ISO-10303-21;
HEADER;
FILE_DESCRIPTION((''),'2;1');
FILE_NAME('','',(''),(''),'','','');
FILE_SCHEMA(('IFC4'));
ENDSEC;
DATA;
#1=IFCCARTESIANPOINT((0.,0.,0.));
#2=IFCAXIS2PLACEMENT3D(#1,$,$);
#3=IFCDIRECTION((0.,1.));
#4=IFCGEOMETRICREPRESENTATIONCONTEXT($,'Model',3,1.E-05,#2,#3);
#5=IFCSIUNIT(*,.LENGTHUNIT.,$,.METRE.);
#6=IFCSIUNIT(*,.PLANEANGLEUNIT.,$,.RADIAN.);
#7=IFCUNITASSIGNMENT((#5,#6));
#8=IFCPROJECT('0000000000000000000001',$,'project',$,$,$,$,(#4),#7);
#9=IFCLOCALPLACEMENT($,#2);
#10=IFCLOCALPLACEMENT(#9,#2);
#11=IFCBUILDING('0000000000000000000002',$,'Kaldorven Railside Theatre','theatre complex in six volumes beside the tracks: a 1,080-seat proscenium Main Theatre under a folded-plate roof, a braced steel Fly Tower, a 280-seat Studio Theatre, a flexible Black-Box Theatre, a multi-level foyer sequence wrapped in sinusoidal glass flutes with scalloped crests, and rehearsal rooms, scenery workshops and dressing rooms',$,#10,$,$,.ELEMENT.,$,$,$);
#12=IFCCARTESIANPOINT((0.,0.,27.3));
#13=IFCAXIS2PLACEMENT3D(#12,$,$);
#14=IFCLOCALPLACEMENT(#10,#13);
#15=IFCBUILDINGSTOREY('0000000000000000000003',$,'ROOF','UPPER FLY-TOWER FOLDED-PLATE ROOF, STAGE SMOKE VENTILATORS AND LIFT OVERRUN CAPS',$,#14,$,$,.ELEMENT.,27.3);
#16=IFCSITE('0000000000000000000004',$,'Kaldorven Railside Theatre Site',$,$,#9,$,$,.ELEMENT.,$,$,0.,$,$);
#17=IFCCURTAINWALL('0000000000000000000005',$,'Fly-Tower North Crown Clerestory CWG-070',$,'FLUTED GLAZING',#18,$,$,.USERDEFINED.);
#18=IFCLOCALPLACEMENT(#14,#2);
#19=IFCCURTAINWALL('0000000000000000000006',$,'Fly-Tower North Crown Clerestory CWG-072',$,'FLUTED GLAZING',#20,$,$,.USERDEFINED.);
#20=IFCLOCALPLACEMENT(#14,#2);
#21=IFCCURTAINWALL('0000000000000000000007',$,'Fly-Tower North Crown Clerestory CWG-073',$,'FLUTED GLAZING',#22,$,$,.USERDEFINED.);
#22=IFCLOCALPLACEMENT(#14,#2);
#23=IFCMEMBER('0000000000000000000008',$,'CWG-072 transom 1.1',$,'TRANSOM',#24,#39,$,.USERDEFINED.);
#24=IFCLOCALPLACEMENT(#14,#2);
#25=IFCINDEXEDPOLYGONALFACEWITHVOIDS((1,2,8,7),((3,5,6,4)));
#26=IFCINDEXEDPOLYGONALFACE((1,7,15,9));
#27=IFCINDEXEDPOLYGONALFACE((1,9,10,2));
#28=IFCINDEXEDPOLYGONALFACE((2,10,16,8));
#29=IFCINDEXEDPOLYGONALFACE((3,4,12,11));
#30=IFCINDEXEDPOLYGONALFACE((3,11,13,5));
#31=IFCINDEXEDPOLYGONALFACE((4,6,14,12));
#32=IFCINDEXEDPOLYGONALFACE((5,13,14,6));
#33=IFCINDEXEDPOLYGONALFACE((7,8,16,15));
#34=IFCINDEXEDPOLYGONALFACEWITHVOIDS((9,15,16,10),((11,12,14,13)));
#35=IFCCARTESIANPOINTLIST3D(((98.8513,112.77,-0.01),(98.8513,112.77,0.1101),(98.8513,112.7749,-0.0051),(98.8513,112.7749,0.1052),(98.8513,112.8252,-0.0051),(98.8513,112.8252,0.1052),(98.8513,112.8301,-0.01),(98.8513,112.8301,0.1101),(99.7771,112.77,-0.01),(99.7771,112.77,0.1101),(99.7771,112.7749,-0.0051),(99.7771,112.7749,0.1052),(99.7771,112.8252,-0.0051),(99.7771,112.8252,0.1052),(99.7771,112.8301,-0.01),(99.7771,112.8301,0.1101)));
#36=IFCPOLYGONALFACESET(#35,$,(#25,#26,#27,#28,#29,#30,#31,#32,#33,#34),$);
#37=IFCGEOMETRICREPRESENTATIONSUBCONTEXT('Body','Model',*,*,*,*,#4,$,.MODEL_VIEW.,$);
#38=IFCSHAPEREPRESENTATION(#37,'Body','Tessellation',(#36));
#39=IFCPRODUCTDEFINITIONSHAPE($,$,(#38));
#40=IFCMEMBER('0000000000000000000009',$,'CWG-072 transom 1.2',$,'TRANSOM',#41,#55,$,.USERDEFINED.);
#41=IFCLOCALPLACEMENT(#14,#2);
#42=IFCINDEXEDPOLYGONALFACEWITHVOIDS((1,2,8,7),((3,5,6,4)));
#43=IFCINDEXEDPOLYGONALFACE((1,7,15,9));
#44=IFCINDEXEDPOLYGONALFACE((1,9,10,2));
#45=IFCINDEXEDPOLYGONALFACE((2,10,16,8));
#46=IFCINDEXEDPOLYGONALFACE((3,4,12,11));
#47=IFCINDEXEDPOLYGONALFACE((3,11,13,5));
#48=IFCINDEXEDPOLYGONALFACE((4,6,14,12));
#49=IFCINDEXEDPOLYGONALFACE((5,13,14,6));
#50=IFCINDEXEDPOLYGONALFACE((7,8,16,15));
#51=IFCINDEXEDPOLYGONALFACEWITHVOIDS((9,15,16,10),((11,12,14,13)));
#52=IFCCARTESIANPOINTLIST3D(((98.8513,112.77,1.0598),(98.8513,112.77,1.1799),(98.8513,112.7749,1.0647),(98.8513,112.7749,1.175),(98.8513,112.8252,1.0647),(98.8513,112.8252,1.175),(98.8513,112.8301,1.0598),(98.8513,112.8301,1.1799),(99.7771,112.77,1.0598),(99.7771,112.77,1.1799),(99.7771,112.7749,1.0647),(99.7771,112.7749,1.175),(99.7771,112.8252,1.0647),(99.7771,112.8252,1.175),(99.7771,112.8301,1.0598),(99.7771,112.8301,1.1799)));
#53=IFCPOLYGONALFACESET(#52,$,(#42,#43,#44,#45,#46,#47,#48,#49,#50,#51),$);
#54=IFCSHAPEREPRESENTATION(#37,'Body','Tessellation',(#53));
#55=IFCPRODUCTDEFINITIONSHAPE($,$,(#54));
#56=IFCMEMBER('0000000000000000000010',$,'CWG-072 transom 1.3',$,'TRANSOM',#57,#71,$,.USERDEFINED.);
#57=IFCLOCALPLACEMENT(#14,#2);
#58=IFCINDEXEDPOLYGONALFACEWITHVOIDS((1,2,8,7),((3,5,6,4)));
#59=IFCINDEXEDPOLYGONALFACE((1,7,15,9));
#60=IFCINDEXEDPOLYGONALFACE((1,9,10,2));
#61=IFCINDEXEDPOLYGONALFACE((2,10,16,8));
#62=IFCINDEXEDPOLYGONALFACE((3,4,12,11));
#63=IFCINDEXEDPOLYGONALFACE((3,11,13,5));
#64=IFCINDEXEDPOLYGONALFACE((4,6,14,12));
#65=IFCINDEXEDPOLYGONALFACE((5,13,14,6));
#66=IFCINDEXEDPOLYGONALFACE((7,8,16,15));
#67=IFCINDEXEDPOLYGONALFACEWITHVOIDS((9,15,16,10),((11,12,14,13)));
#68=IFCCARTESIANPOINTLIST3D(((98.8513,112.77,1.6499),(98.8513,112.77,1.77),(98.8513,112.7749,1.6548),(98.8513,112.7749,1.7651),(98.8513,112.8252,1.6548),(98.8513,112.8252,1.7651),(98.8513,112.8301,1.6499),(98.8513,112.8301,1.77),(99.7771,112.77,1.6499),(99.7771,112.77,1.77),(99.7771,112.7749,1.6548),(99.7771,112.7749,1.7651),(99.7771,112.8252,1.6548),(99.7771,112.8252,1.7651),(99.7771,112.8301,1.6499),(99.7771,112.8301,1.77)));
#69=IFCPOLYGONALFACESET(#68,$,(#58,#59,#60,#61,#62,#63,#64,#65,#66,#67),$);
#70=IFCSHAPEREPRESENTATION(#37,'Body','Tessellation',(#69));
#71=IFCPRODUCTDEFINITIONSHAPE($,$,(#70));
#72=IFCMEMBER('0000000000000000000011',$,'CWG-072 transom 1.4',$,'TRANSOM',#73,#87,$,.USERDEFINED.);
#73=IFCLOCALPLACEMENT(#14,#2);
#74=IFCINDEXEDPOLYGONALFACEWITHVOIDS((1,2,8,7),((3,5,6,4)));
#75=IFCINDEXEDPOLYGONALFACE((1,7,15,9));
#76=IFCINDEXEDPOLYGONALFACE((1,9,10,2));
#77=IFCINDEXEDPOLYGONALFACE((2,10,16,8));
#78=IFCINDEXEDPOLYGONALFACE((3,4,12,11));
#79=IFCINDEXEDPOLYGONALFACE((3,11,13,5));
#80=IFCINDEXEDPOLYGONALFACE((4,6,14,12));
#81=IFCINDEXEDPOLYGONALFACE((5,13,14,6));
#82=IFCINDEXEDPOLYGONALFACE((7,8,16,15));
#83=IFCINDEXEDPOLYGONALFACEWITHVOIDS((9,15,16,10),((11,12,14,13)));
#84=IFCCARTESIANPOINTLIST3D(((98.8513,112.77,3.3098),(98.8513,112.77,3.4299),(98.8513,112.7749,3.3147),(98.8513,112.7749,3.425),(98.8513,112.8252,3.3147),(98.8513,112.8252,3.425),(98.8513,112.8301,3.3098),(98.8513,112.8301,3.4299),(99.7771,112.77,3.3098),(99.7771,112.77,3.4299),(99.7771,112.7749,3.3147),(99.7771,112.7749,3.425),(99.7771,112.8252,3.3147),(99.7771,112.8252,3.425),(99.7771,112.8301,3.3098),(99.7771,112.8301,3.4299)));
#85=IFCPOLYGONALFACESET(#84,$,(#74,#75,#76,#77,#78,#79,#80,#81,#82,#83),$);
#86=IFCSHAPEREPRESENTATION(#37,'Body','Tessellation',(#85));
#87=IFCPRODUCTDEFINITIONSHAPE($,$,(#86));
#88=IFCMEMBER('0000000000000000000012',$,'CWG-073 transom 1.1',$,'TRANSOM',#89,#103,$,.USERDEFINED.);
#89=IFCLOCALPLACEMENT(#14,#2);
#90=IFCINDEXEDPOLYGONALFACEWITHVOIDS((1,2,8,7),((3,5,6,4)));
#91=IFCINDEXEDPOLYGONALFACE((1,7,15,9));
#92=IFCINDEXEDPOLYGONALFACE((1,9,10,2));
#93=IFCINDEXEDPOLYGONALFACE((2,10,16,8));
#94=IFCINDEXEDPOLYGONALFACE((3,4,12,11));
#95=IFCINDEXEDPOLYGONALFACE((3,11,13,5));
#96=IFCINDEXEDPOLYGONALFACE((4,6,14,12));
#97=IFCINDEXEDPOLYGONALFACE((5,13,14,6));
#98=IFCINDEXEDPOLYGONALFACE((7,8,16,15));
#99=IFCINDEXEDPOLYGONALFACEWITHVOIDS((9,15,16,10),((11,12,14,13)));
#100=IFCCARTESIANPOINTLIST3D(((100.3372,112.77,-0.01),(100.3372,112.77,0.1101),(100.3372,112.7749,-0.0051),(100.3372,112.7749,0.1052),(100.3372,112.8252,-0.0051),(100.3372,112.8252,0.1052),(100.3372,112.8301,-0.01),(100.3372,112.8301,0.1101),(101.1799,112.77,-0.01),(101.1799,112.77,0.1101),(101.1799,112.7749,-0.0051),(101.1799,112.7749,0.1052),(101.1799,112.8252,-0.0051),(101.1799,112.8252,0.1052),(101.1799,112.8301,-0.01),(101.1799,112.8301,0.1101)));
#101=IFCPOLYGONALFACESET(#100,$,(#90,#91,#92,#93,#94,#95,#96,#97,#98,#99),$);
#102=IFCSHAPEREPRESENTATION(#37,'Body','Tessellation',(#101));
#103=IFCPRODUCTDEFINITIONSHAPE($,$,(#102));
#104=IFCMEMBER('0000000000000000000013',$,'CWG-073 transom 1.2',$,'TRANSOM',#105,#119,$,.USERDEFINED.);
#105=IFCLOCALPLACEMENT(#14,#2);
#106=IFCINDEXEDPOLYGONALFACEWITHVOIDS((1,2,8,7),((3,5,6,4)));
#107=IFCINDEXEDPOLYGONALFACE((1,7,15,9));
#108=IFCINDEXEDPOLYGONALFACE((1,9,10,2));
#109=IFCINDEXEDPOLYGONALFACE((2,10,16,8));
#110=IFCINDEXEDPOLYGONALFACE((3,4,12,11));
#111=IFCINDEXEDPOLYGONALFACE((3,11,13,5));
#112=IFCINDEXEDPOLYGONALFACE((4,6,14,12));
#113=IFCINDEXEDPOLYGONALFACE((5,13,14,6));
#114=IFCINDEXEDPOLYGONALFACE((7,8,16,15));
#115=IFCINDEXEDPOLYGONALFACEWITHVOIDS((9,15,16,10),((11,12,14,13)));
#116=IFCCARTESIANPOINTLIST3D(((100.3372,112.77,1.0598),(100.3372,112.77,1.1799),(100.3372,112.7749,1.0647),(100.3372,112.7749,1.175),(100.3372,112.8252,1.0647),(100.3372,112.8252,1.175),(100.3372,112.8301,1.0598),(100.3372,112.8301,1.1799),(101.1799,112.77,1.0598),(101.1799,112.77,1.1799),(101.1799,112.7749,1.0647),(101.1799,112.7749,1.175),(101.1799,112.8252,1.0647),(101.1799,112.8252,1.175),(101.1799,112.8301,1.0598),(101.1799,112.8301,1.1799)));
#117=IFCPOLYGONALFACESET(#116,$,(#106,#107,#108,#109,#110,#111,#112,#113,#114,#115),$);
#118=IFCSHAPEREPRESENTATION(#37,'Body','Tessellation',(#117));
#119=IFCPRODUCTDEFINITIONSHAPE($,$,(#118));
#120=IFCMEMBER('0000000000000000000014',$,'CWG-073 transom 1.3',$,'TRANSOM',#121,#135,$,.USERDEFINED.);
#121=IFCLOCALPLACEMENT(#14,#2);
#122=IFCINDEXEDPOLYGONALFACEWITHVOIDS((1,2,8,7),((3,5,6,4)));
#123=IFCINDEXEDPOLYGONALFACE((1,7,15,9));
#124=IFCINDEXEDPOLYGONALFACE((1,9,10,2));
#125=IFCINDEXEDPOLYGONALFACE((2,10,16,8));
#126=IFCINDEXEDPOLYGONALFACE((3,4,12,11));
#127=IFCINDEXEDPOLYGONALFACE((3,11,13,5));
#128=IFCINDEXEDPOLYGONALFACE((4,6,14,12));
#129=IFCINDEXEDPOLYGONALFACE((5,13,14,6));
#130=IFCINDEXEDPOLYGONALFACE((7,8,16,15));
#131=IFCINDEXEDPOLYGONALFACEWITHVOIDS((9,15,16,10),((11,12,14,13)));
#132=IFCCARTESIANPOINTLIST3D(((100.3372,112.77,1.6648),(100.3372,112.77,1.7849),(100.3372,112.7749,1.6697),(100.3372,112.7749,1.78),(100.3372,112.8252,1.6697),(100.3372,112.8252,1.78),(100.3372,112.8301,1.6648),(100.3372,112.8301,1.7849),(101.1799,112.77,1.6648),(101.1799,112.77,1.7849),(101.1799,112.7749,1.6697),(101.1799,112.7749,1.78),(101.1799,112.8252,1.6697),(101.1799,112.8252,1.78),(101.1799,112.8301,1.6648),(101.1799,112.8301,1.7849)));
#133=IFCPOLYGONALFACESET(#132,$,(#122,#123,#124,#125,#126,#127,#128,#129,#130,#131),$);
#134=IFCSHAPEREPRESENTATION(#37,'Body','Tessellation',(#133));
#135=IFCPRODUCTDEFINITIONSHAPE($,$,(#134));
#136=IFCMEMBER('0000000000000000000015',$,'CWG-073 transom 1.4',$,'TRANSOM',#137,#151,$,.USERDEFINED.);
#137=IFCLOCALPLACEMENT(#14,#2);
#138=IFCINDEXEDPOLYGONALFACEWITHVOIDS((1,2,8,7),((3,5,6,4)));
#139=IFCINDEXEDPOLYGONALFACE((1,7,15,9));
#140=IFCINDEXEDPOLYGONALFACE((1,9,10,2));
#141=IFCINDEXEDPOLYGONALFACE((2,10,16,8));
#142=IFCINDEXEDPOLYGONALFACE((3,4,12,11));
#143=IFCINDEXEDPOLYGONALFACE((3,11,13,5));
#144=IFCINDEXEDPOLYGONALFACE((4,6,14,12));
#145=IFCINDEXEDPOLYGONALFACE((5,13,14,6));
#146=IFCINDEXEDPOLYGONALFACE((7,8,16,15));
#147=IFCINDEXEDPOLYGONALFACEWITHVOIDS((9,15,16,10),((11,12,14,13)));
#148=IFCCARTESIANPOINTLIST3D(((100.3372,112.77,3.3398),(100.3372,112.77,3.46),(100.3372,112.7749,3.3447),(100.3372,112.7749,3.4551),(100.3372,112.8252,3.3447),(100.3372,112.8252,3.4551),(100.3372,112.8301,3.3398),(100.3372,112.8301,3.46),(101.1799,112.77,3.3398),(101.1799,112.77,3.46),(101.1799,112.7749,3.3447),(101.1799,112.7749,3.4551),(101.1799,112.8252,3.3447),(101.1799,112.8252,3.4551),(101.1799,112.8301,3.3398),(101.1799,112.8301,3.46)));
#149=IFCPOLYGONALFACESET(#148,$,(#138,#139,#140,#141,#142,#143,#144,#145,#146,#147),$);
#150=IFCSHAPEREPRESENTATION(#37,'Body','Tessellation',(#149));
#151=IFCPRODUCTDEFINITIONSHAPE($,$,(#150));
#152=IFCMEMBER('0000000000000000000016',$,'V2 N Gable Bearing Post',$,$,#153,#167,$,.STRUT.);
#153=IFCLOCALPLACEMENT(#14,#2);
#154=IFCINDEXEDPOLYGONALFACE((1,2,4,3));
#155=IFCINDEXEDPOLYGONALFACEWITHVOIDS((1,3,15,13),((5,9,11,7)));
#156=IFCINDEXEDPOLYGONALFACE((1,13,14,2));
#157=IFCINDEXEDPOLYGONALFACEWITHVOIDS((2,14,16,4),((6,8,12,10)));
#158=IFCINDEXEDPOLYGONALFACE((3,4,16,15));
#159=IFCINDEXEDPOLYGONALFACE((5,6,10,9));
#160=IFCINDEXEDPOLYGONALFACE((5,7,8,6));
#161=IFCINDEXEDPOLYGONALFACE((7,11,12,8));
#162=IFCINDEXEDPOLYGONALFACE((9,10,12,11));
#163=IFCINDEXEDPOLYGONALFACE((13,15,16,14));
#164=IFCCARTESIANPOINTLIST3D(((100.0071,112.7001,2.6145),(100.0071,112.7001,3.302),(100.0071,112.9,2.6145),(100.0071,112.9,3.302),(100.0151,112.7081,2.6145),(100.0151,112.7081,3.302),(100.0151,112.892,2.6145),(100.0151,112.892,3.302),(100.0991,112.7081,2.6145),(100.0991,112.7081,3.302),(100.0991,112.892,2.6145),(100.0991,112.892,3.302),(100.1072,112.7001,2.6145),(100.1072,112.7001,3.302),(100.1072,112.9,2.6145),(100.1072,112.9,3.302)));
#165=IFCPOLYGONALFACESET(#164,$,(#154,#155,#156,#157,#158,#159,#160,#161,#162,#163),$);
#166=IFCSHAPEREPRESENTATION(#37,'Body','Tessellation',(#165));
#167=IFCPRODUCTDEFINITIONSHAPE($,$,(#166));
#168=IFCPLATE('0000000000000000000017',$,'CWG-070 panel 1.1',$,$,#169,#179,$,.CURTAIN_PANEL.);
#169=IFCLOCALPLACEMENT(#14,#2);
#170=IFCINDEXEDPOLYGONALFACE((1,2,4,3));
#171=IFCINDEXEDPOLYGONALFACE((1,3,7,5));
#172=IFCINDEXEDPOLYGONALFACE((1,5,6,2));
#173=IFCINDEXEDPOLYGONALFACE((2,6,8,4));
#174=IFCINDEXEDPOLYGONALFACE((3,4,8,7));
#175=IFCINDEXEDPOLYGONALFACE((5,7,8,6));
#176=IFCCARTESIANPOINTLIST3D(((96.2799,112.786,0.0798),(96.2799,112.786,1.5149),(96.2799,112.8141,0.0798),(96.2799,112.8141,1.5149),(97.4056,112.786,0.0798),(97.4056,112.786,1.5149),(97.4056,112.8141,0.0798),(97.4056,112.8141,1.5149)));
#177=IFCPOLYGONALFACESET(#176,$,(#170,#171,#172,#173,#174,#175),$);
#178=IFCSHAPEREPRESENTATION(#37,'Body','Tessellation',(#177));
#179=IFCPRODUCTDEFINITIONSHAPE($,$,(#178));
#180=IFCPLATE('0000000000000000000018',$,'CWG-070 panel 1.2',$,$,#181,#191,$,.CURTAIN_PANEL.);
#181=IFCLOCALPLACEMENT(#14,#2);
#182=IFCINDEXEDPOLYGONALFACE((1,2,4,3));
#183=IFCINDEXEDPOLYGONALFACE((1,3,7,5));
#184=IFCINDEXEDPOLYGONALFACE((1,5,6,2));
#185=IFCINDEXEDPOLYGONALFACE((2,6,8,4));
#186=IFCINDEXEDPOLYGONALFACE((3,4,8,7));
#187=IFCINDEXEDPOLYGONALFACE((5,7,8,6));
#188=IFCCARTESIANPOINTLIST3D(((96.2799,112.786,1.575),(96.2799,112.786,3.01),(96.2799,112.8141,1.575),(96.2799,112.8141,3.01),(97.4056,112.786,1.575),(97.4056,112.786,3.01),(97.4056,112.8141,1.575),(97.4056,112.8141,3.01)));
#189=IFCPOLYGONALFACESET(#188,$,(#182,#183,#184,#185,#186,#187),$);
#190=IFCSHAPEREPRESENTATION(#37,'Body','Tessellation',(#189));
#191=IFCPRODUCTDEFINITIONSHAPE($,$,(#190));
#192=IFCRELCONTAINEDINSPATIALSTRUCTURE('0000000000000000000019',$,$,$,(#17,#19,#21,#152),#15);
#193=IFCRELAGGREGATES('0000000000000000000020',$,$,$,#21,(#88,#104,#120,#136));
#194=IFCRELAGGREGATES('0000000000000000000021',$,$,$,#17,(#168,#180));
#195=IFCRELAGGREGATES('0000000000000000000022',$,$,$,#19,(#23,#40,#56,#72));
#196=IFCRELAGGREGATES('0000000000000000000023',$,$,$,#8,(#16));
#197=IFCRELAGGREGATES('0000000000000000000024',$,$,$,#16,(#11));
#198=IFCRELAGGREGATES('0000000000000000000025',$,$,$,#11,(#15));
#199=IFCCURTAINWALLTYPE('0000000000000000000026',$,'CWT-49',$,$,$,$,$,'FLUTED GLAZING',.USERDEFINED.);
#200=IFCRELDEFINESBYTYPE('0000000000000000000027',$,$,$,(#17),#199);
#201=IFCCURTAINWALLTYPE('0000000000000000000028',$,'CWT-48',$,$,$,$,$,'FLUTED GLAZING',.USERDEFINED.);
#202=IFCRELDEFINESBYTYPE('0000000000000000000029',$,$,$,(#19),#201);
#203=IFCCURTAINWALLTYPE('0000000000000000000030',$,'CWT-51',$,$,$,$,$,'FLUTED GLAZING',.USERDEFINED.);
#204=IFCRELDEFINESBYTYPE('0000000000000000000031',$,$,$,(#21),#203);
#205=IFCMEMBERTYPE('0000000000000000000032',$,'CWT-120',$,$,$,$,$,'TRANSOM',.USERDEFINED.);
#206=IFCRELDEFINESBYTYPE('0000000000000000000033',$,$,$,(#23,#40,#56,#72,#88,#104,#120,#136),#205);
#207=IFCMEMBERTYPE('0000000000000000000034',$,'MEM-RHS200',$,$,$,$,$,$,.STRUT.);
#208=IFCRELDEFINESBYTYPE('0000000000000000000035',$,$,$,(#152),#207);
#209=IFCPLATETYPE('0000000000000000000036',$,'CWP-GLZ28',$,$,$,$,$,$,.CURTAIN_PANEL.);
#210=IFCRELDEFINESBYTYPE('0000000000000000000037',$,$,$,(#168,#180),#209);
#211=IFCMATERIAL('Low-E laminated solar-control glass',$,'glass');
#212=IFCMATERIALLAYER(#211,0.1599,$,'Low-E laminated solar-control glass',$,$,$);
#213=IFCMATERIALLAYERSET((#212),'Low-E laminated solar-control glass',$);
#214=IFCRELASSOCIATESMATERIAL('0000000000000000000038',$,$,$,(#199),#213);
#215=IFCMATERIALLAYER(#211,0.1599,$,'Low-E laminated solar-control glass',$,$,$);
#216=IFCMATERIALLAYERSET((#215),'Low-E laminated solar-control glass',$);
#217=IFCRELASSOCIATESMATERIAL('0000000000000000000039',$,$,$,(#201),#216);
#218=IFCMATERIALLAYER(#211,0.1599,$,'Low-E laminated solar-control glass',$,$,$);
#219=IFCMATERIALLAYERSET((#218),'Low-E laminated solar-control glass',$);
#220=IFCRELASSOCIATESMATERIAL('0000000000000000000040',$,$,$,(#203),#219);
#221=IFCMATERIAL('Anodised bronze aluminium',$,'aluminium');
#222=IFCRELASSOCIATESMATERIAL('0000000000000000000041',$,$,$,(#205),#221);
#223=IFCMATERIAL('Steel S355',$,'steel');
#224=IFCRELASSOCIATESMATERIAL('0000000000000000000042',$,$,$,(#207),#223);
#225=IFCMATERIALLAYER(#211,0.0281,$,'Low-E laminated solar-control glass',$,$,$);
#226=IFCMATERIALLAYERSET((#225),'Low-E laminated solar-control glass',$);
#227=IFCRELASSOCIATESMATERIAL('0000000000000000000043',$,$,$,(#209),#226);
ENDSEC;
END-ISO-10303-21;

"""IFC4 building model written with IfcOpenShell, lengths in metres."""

from ifc_helpers import new_model, si_unit, direction, frame, origin, origin_2d, place, context, subcontext, project, spatial, rectangle, hollow_rectangle, extrude, material, layer, layer_set, material_profile, profile_set, type_object, element, aggregate, save


model = new_model("IFC4")

# Units and contexts
model_context = context("Model", 3, precision=1e-05, world=origin(), true_north=direction((0.0, 1.0)))
body_context = subcontext(model_context, "Body", "Model", "MODEL_VIEW")
ifc_project = project(units=[si_unit("LENGTHUNIT", "METRE"), si_unit("PLANEANGLEUNIT", "RADIAN")], contexts=[model_context])

# Site, building, storey
site_placement = place(None, origin())
site = spatial("IfcSite", under=ifc_project, at=site_placement, Name="Kaldorven Railside Theatre Site", CompositionType="ELEMENT", RefElevation=0.0)
building_placement = place(site_placement, origin())
building = spatial("IfcBuilding", under=site, at=building_placement, Name="Kaldorven Railside Theatre", Description="theatre complex in six volumes beside the tracks: a 1,080-seat proscenium Main Theatre under a folded-plate roof, a braced steel Fly Tower, a 280-seat Studio Theatre, a flexible Black-Box Theatre, a multi-level foyer sequence wrapped in sinusoidal glass flutes with scalloped crests, and rehearsal rooms, scenery workshops and dressing rooms", CompositionType="ELEMENT")
storey_placement = place(building_placement, frame((0.0, 0.0, 27.3)))
storey = spatial("IfcBuildingStorey", under=building, at=storey_placement, Name="ROOF", Description="UPPER FLY-TOWER FOLDED-PLATE ROOF, STAGE SMOKE VENTILATORS AND LIFT OVERRUN CAPS", CompositionType="ELEMENT", Elevation=27.3)

# Curtain wall
ifc_material_1 = material(Name="Low-E laminated solar-control glass", Category="glass")
ifc_layer_1 = layer(ifc_material_1, 0.1599, Name="Low-E laminated solar-control glass")
ifc_layer_set_1 = layer_set([ifc_layer_1], Name="Low-E laminated solar-control glass")
curtain_wall_type_1 = type_object("IfcCurtainWallType", Name="CWT-49", ElementType="FLUTED GLAZING", PredefinedType="USERDEFINED", material=ifc_layer_set_1)
curtain_wall_1_placement = place(storey_placement, origin())
curtain_wall_1 = element("IfcCurtainWall", 1, at=curtain_wall_1_placement, inside=storey, type_object=curtain_wall_type_1, Name="Fly-Tower North Crown Clerestory CWG-070", ObjectType="FLUTED GLAZING", PredefinedType="USERDEFINED")
ifc_material_2 = material(Name="Anodised bronze aluminium", Category="aluminium")

# Curtain wall
ifc_layer_2 = layer(ifc_material_1, 0.1599, Name="Low-E laminated solar-control glass")
ifc_layer_set_2 = layer_set([ifc_layer_2], Name="Low-E laminated solar-control glass")
curtain_wall_type_2 = type_object("IfcCurtainWallType", Name="CWT-48", ElementType="FLUTED GLAZING", PredefinedType="USERDEFINED", material=ifc_layer_set_2)
curtain_wall_2_placement = place(storey_placement, origin())
curtain_wall_2 = element("IfcCurtainWall", 2, at=curtain_wall_2_placement, inside=storey, type_object=curtain_wall_type_2, Name="Fly-Tower North Crown Clerestory CWG-072", ObjectType="FLUTED GLAZING", PredefinedType="USERDEFINED")

# Curtain wall
ifc_layer_3 = layer(ifc_material_1, 0.1599, Name="Low-E laminated solar-control glass")
ifc_layer_set_3 = layer_set([ifc_layer_3], Name="Low-E laminated solar-control glass")
curtain_wall_type_3 = type_object("IfcCurtainWallType", Name="CWT-51", ElementType="FLUTED GLAZING", PredefinedType="USERDEFINED", material=ifc_layer_set_3)
curtain_wall_3_placement = place(storey_placement, origin())
curtain_wall_3 = element("IfcCurtainWall", 3, at=curtain_wall_3_placement, inside=storey, type_object=curtain_wall_type_3, Name="Fly-Tower North Crown Clerestory CWG-073", ObjectType="FLUTED GLAZING", PredefinedType="USERDEFINED")

# Members
ifc_material_profile_1 = material_profile(ifc_material_2, hollow_rectangle(XDim=0.0601, YDim=0.1201, WallThickness=0.0049, at=origin_2d()), Name="RHS 120x60x5")
ifc_profile_set_1 = profile_set([ifc_material_profile_1], Name="Anodised bronze aluminium")
member_type_1 = type_object("IfcMemberType", Name="CWT-120", ElementType="TRANSOM", PredefinedType="USERDEFINED", material=ifc_profile_set_1)
member_1_placement = place(storey_placement, frame((98.8513, 112.8, 0.05), z_axis=(1.0, 0.0, 0.0), x_axis=(0.0, 1.0, 0.0)))
member_1 = element("IfcMember", 4, at=member_1_placement, type_object=member_type_1, Name="CWG-072 transom 1.1", ObjectType="TRANSOM", PredefinedType="USERDEFINED", context=body_context, shape_type="SweptSolid", body=[
    extrude(hollow_rectangle(XDim=0.0601, YDim=0.1201, WallThickness=0.0049, at=origin_2d()), origin(), (0.0, 0.0, 1.0), 0.9258),
])
member_2_placement = place(storey_placement, frame((98.8513, 112.8, 1.1199), z_axis=(1.0, 0.0, 0.0), x_axis=(0.0, 1.0, 0.0)))
member_2 = element("IfcMember", 5, at=member_2_placement, type_object=member_type_1, Name="CWG-072 transom 1.2", ObjectType="TRANSOM", PredefinedType="USERDEFINED", context=body_context, shape_type="SweptSolid", body=[
    extrude(hollow_rectangle(XDim=0.0601, YDim=0.1201, WallThickness=0.0049, at=origin_2d()), origin(), (0.0, 0.0, 1.0), 0.9258),
])
member_3_placement = place(storey_placement, frame((98.8513, 112.8, 1.71), z_axis=(1.0, 0.0, 0.0), x_axis=(0.0, 1.0, 0.0)))
member_3 = element("IfcMember", 6, at=member_3_placement, type_object=member_type_1, Name="CWG-072 transom 1.3", ObjectType="TRANSOM", PredefinedType="USERDEFINED", context=body_context, shape_type="SweptSolid", body=[
    extrude(hollow_rectangle(XDim=0.0601, YDim=0.1201, WallThickness=0.0049, at=origin_2d()), origin(), (0.0, 0.0, 1.0), 0.9258),
])
member_4_placement = place(storey_placement, frame((98.8513, 112.8, 3.3699), z_axis=(1.0, 0.0, 0.0), x_axis=(0.0, 1.0, 0.0)))
member_4 = element("IfcMember", 7, at=member_4_placement, type_object=member_type_1, Name="CWG-072 transom 1.4", ObjectType="TRANSOM", PredefinedType="USERDEFINED", context=body_context, shape_type="SweptSolid", body=[
    extrude(hollow_rectangle(XDim=0.0601, YDim=0.1201, WallThickness=0.0049, at=origin_2d()), origin(), (0.0, 0.0, 1.0), 0.9258),
])
member_5_placement = place(storey_placement, frame((100.3372, 112.8, 0.05), z_axis=(1.0, 0.0, 0.0), x_axis=(0.0, 1.0, 0.0)))
member_5 = element("IfcMember", 8, at=member_5_placement, type_object=member_type_1, Name="CWG-073 transom 1.1", ObjectType="TRANSOM", PredefinedType="USERDEFINED", context=body_context, shape_type="SweptSolid", body=[
    extrude(hollow_rectangle(XDim=0.0601, YDim=0.1201, WallThickness=0.0049, at=origin_2d()), origin(), (0.0, 0.0, 1.0), 0.8428),
])
member_6_placement = place(storey_placement, frame((100.3372, 112.8, 1.1199), z_axis=(1.0, 0.0, 0.0), x_axis=(0.0, 1.0, 0.0)))
member_6 = element("IfcMember", 9, at=member_6_placement, type_object=member_type_1, Name="CWG-073 transom 1.2", ObjectType="TRANSOM", PredefinedType="USERDEFINED", context=body_context, shape_type="SweptSolid", body=[
    extrude(hollow_rectangle(XDim=0.0601, YDim=0.1201, WallThickness=0.0049, at=origin_2d()), origin(), (0.0, 0.0, 1.0), 0.8428),
])
member_7_placement = place(storey_placement, frame((100.3372, 112.8, 1.7249), z_axis=(1.0, 0.0, 0.0), x_axis=(0.0, 1.0, 0.0)))
member_7 = element("IfcMember", 10, at=member_7_placement, type_object=member_type_1, Name="CWG-073 transom 1.3", ObjectType="TRANSOM", PredefinedType="USERDEFINED", context=body_context, shape_type="SweptSolid", body=[
    extrude(hollow_rectangle(XDim=0.0601, YDim=0.1201, WallThickness=0.0049, at=origin_2d()), origin(), (0.0, 0.0, 1.0), 0.8428),
])
member_8_placement = place(storey_placement, frame((100.3372, 112.8, 3.3999), z_axis=(1.0, 0.0, 0.0), x_axis=(0.0, 1.0, 0.0)))
member_8 = element("IfcMember", 11, at=member_8_placement, type_object=member_type_1, Name="CWG-073 transom 1.4", ObjectType="TRANSOM", PredefinedType="USERDEFINED", context=body_context, shape_type="SweptSolid", body=[
    extrude(hollow_rectangle(XDim=0.0601, YDim=0.1201, WallThickness=0.0049, at=origin_2d()), origin(), (0.0, 0.0, 1.0), 0.8428),
])
aggregate(curtain_wall_3, [member_5, member_6, member_7, member_8])
ifc_material_3 = material(Name="Steel S355", Category="steel")
ifc_material_profile_2 = material_profile(ifc_material_3, hollow_rectangle(XDim=0.1001, YDim=0.2, WallThickness=0.0081, at=origin_2d()), Name="RHS 200x100x8")
ifc_profile_set_2 = profile_set([ifc_material_profile_2], Name="Steel S355")
member_type_2 = type_object("IfcMemberType", Name="MEM-RHS200", PredefinedType="STRUT", material=ifc_profile_set_2)
member_9_placement = place(storey_placement, frame((100.0571, 112.8, 2.6145), z_axis=(0.0, 0.0, 1.0), x_axis=(1.0, 0.0, 0.0)))
element("IfcMember", 12, at=member_9_placement, inside=storey, type_object=member_type_2, Name="V2 N Gable Bearing Post", PredefinedType="STRUT", context=body_context, shape_type="SweptSolid", body=[
    extrude(hollow_rectangle(XDim=0.1001, YDim=0.2, WallThickness=0.0081, at=origin_2d()), origin(), (0.0, 0.0, 1.0), 0.6875),
])

# Plates
ifc_layer_4 = layer(ifc_material_1, 0.0281, Name="Low-E laminated solar-control glass")
ifc_layer_set_4 = layer_set([ifc_layer_4], Name="Low-E laminated solar-control glass")
plate_type_1 = type_object("IfcPlateType", Name="CWP-GLZ28", PredefinedType="CURTAIN_PANEL", material=ifc_layer_set_4)
plate_1_placement = place(storey_placement, frame((96.8428, 112.8, 0.0798), z_axis=(0.0, 0.0, 1.0), x_axis=(1.0, 0.0, 0.0)))
plate_1 = element("IfcPlate", 13, at=plate_1_placement, type_object=plate_type_1, Name="CWG-070 panel 1.1", PredefinedType="CURTAIN_PANEL", context=body_context, shape_type="SweptSolid", body=[
    extrude(rectangle(XDim=1.1257, YDim=0.0281, at=origin_2d()), origin(), (0.0, 0.0, 1.0), 1.4351),
])
plate_2_placement = place(storey_placement, frame((96.8428, 112.8, 1.575), z_axis=(0.0, 0.0, 1.0), x_axis=(1.0, 0.0, 0.0)))
plate_2 = element("IfcPlate", 14, at=plate_2_placement, type_object=plate_type_1, Name="CWG-070 panel 1.2", PredefinedType="CURTAIN_PANEL", context=body_context, shape_type="SweptSolid", body=[
    extrude(rectangle(XDim=1.1257, YDim=0.0281, at=origin_2d()), origin(), (0.0, 0.0, 1.0), 1.4351),
])
aggregate(curtain_wall_1, [plate_1, plate_2])
aggregate(curtain_wall_2, [member_1, member_2, member_3, member_4])

save(model, "model.ifc")
